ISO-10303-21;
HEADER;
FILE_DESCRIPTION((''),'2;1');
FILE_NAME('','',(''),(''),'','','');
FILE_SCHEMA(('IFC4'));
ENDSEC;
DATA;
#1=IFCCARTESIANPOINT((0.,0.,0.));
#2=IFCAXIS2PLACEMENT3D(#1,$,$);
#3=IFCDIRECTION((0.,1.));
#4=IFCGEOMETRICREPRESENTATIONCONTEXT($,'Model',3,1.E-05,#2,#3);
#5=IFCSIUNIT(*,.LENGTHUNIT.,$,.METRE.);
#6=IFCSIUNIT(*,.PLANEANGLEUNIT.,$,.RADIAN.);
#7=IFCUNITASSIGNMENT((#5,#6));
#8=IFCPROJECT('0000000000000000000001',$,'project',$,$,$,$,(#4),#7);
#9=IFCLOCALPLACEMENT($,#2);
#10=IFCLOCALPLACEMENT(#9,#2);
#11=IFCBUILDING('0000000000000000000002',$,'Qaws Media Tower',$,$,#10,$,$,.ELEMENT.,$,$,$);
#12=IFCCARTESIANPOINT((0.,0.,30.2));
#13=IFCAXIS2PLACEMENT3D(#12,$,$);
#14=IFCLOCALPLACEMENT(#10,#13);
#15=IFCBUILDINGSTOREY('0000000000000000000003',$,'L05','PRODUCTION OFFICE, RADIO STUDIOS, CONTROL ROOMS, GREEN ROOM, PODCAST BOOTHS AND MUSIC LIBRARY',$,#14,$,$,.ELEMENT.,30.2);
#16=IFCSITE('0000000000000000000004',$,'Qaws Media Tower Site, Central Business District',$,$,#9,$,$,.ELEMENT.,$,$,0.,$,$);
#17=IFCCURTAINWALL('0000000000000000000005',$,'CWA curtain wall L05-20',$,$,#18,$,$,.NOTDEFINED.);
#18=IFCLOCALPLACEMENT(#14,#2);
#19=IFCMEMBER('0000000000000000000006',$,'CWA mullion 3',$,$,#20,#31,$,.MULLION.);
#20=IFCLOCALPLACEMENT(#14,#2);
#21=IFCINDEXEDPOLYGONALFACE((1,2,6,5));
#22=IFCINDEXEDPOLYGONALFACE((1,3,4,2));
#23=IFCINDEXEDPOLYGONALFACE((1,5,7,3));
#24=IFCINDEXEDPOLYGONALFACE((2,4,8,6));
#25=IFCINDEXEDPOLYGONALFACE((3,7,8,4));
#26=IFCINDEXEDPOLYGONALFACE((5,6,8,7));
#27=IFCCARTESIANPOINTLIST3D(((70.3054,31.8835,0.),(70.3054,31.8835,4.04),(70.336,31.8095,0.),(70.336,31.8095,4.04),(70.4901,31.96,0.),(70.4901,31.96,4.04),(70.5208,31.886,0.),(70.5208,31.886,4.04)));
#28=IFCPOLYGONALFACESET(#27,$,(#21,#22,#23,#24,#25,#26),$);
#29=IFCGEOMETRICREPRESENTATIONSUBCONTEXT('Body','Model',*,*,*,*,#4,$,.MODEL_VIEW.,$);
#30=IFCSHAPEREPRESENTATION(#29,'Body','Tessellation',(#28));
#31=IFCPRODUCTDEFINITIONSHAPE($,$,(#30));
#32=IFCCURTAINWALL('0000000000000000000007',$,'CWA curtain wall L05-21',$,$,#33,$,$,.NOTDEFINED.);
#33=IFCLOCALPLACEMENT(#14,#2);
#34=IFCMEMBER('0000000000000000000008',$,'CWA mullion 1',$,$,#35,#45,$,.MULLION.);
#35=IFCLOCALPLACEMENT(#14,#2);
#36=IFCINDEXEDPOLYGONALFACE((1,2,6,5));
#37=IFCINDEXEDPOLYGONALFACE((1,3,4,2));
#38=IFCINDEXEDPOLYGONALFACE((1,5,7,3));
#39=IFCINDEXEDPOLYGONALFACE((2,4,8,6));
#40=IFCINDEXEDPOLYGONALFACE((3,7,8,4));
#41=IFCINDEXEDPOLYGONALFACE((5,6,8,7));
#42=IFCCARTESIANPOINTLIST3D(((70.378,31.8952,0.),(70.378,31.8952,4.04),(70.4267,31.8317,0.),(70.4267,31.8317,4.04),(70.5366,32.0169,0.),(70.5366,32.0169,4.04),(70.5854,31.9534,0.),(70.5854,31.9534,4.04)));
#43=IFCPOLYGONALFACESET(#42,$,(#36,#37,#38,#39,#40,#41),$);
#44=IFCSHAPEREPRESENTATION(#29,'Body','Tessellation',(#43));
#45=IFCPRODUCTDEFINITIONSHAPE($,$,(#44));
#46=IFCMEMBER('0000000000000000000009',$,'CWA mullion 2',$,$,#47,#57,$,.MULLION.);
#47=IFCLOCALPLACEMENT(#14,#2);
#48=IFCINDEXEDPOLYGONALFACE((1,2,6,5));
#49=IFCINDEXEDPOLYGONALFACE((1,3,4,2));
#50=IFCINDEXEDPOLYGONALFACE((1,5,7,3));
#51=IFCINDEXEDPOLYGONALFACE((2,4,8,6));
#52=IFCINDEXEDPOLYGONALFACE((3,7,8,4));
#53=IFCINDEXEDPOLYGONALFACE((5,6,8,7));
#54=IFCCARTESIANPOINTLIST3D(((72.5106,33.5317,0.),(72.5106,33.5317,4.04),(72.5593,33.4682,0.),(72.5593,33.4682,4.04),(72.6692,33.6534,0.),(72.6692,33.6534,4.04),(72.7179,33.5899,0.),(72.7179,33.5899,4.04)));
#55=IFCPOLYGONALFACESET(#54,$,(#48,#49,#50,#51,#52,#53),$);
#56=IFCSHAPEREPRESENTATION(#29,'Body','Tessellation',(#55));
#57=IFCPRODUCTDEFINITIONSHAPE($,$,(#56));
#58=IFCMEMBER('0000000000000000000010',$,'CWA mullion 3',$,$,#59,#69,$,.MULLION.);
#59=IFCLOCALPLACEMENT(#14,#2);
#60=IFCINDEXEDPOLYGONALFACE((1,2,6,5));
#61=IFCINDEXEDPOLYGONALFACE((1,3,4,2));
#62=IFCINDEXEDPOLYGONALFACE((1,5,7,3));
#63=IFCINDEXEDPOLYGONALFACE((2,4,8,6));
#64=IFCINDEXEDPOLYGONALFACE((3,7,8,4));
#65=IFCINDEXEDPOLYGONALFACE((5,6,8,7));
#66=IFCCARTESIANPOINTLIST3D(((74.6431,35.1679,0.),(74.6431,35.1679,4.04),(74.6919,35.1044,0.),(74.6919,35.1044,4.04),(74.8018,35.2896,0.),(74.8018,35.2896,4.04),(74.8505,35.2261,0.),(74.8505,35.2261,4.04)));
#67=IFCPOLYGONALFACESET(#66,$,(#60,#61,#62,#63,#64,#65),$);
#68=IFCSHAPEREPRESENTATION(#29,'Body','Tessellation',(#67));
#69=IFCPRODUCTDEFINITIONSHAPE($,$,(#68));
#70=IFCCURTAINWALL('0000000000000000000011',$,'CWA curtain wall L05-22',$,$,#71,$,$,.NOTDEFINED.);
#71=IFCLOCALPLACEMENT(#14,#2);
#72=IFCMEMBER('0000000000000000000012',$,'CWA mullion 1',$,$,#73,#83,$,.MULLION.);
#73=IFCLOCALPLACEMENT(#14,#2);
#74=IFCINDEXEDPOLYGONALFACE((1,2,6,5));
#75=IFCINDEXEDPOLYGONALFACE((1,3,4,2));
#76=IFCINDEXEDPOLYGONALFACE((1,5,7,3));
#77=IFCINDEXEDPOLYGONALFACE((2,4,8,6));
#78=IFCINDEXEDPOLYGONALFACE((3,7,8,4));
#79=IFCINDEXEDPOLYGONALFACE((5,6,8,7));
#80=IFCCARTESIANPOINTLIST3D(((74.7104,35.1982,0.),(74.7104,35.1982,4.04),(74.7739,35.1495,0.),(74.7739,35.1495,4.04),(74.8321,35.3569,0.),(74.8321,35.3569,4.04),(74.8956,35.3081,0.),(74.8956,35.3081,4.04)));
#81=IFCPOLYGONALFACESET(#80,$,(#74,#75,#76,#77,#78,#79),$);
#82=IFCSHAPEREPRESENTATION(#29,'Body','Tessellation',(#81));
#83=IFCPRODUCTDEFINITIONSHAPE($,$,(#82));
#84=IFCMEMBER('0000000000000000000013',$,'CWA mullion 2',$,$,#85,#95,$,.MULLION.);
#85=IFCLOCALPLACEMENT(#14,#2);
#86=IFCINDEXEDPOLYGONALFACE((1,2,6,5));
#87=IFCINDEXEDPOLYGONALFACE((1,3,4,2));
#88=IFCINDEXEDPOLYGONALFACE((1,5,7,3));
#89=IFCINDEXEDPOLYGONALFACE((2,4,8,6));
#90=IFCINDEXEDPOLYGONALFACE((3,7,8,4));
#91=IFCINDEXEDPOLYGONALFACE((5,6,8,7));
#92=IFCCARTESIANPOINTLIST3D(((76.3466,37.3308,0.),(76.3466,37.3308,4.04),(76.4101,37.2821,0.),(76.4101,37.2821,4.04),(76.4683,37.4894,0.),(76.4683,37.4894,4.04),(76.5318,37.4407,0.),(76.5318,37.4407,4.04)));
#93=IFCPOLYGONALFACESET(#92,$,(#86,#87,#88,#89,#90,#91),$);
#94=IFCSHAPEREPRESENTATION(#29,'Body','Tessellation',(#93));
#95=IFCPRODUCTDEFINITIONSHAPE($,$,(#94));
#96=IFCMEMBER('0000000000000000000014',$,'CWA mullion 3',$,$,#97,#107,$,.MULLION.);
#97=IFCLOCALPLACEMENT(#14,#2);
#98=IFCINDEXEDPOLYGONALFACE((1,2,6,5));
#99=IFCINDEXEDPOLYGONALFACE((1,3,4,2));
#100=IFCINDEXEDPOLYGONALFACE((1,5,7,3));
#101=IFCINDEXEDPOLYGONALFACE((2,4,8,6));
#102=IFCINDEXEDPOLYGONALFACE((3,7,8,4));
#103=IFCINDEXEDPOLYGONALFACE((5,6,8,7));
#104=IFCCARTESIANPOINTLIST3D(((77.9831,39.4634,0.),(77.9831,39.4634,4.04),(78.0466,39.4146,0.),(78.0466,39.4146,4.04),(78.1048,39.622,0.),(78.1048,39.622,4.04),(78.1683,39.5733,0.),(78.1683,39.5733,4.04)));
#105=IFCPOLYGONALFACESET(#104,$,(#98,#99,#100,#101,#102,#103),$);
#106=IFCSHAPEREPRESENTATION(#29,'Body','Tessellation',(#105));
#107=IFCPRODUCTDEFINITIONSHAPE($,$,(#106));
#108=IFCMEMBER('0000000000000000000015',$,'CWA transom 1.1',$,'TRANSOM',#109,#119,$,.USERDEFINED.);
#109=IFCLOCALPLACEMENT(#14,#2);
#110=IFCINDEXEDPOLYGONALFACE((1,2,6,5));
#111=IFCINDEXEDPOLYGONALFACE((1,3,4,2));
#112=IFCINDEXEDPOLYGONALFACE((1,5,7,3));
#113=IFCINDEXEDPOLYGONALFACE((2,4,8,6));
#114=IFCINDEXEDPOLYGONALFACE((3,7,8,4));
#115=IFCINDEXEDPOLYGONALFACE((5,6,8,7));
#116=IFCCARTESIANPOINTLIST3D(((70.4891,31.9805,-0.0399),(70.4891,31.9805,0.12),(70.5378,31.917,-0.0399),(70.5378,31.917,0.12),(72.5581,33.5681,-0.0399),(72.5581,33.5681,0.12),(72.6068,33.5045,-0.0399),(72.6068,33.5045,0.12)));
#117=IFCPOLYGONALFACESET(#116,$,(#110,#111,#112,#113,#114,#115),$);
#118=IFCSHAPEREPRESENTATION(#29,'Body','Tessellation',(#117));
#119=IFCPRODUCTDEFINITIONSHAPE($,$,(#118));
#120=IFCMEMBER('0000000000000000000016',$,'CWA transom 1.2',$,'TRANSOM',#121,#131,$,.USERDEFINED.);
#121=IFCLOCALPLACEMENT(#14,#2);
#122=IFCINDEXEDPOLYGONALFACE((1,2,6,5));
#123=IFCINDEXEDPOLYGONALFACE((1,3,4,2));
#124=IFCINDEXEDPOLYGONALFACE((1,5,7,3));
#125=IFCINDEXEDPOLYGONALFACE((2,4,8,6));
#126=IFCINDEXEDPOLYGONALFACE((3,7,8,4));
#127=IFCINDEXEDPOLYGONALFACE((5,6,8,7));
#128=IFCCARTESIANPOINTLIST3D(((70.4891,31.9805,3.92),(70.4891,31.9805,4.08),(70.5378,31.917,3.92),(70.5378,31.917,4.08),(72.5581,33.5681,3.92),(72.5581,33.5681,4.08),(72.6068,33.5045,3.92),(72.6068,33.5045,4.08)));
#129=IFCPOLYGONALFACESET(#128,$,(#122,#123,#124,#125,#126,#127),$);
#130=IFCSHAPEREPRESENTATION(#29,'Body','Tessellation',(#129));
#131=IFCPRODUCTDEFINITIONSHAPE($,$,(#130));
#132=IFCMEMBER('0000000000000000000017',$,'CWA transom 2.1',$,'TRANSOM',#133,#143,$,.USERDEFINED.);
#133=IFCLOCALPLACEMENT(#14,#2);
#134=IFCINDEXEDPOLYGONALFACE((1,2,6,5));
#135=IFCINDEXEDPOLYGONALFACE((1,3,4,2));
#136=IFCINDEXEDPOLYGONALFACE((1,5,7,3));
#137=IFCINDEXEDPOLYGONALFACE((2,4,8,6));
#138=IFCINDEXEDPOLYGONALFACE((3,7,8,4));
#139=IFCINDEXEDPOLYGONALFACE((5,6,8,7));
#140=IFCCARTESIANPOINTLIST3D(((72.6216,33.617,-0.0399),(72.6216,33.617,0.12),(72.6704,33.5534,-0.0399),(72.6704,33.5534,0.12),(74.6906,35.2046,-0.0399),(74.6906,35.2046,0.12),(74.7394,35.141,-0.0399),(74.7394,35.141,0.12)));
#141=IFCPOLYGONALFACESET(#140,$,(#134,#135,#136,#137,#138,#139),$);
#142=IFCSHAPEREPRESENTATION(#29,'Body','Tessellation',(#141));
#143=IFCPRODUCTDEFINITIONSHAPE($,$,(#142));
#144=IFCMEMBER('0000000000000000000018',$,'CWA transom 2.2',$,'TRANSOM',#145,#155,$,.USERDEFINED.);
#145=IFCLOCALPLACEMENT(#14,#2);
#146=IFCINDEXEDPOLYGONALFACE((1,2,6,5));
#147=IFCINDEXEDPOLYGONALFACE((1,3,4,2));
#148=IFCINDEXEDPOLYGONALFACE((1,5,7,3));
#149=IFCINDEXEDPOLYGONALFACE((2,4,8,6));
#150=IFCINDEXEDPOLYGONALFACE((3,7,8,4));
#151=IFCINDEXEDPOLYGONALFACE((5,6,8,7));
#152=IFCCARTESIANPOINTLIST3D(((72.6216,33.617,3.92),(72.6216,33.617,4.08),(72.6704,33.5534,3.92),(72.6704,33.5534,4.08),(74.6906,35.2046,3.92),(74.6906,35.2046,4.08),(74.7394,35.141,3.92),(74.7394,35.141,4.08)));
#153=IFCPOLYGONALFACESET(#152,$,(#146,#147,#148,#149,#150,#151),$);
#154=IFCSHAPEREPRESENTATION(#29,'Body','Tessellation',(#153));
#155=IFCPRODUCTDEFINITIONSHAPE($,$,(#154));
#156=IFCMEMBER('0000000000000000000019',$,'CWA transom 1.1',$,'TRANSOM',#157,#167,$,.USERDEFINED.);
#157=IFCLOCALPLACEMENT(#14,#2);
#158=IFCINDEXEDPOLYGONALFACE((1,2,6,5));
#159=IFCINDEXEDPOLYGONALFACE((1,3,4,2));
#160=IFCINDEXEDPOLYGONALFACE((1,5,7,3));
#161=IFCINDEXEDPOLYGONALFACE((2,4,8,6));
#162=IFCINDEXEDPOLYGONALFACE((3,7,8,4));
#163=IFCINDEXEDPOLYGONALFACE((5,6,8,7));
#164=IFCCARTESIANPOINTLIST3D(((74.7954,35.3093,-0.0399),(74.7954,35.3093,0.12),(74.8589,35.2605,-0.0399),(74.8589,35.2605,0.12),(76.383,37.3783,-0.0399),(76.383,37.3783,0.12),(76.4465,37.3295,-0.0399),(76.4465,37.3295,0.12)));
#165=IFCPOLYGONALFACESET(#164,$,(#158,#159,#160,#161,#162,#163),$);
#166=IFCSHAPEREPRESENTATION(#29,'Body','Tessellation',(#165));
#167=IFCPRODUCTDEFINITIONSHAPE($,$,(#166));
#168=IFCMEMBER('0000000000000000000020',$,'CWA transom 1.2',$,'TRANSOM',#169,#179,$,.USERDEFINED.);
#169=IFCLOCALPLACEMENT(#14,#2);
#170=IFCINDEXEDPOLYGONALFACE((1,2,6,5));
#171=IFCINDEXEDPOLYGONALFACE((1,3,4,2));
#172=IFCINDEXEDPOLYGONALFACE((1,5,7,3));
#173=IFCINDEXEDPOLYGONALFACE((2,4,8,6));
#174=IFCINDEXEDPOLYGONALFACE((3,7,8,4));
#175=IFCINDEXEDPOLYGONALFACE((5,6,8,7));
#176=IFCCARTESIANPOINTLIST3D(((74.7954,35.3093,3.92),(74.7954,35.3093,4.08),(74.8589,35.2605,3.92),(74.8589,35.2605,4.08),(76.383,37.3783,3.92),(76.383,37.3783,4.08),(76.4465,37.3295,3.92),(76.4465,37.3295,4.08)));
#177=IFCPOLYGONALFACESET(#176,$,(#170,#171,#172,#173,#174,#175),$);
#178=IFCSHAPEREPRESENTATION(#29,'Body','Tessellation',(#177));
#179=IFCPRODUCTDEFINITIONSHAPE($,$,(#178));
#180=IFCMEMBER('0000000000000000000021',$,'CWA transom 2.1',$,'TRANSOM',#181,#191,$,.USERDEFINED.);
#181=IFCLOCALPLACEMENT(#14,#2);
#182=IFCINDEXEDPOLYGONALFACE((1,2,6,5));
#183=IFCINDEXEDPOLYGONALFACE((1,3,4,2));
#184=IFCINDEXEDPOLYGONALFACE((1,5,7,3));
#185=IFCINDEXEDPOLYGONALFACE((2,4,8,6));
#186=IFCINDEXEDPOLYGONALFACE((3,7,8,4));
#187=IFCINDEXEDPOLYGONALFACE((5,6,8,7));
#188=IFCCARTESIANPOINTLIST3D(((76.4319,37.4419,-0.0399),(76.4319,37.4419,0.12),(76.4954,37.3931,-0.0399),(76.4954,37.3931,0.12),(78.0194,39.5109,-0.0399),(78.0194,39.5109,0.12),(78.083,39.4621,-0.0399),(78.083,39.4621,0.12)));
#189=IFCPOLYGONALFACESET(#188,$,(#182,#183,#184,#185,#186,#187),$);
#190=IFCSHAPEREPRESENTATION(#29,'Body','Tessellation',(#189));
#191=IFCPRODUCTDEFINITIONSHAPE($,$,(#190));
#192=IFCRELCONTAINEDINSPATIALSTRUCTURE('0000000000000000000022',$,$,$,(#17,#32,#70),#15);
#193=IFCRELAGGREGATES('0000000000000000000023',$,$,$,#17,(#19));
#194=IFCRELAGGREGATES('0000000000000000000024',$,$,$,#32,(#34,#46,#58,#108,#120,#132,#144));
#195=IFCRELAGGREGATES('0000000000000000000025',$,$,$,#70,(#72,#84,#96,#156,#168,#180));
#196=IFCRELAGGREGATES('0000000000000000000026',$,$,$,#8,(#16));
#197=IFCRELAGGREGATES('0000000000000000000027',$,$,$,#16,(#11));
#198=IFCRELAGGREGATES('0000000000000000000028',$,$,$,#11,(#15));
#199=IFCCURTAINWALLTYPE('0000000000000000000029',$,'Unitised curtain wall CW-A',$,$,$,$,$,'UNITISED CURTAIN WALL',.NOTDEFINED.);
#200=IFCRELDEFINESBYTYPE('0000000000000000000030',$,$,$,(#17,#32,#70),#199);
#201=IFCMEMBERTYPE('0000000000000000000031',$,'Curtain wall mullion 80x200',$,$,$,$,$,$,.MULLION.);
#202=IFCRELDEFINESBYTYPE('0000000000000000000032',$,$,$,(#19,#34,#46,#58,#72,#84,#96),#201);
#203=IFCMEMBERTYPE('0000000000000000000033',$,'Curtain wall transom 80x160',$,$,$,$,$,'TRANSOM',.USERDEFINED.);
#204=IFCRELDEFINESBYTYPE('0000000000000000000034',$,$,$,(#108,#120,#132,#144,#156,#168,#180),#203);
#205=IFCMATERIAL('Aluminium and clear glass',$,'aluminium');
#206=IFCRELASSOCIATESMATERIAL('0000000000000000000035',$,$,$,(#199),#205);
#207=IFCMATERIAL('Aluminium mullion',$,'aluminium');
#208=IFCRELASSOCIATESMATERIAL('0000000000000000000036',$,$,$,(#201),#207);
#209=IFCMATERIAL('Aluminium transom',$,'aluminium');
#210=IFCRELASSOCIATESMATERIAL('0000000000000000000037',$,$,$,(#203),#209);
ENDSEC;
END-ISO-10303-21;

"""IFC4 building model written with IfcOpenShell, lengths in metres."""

from ifc_helpers import new_model, si_unit, direction, frame, origin, origin_2d, place, context, subcontext, project, spatial, rectangle, extrude, material, material_profile, profile_set, type_object, element, aggregate, save


model = new_model("IFC4")

# Units and contexts
model_context = context("Model", 3, precision=1e-05, world=origin(), true_north=direction((0.0, 1.0)))
body_context = subcontext(model_context, "Body", "Model", "MODEL_VIEW")
ifc_project = project(units=[si_unit("LENGTHUNIT", "METRE"), si_unit("PLANEANGLEUNIT", "RADIAN")], contexts=[model_context])

# Site, building, storey
site_placement = place(None, origin())
site = spatial("IfcSite", under=ifc_project, at=site_placement, Name="Qaws Media Tower Site, Central Business District", CompositionType="ELEMENT", RefElevation=0.0)
building_placement = place(site_placement, origin())
building = spatial("IfcBuilding", under=site, at=building_placement, Name="Qaws Media Tower", CompositionType="ELEMENT")
storey_placement = place(building_placement, frame((0.0, 0.0, 30.2)))
storey = spatial("IfcBuildingStorey", under=building, at=storey_placement, Name="L05", Description="PRODUCTION OFFICE, RADIO STUDIOS, CONTROL ROOMS, GREEN ROOM, PODCAST BOOTHS AND MUSIC LIBRARY", CompositionType="ELEMENT", Elevation=30.2)

# Curtain wall, member
ifc_material_1 = material(Name="Aluminium and clear glass", Category="aluminium")
curtain_wall_type = type_object("IfcCurtainWallType", Name="Unitised curtain wall CW-A", ElementType="UNITISED CURTAIN WALL", PredefinedType="NOTDEFINED", material=ifc_material_1)
curtain_wall_1_placement = place(storey_placement, origin())
curtain_wall_1 = element("IfcCurtainWall", 1, at=curtain_wall_1_placement, inside=storey, type_object=curtain_wall_type, Name="CWA curtain wall L05-20", PredefinedType="NOTDEFINED")
ifc_material_2 = material(Name="Aluminium mullion", Category="aluminium")
ifc_material_profile_1 = material_profile(ifc_material_2, rectangle(XDim=0.0801, YDim=0.2, at=origin_2d()), Name="80x200")
ifc_profile_set_1 = profile_set([ifc_material_profile_1], Name="Aluminium mullion")
member_type_1 = type_object("IfcMemberType", Name="Curtain wall mullion 80x200", PredefinedType="MULLION", material=ifc_profile_set_1)
member_1_placement = place(storey_placement, frame((70.4131, 31.8848, 0.0), z_axis=(0.0, 0.0, 1.0), x_axis=(-0.382683, 0.92388, 0.0)))
member_1 = element("IfcMember", 2, at=member_1_placement, type_object=member_type_1, Name="CWA mullion 3", PredefinedType="MULLION", context=body_context, shape_type="SweptSolid", body=[
    extrude(rectangle(XDim=0.0801, YDim=0.2, at=origin_2d()), origin(), (0.0, 0.0, 1.0), 4.04),
])
aggregate(curtain_wall_1, [member_1])

# Curtain walls, members
curtain_wall_2_placement = place(storey_placement, origin())
curtain_wall_2 = element("IfcCurtainWall", 3, at=curtain_wall_2_placement, inside=storey, type_object=curtain_wall_type, Name="CWA curtain wall L05-21", PredefinedType="NOTDEFINED")
member_2_placement = place(storey_placement, frame((70.4817, 31.9243, 0.0), z_axis=(0.0, 0.0, 1.0), x_axis=(-0.608761, 0.793353, 0.0)))
member_2 = element("IfcMember", 4, at=member_2_placement, type_object=member_type_1, Name="CWA mullion 1", PredefinedType="MULLION", context=body_context, shape_type="SweptSolid", body=[
    extrude(rectangle(XDim=0.0801, YDim=0.2, at=origin_2d()), origin(), (0.0, 0.0, 1.0), 4.04),
])
member_3_placement = place(storey_placement, frame((72.6143, 33.5608, 0.0), z_axis=(0.0, 0.0, 1.0), x_axis=(-0.608761, 0.793353, 0.0)))
member_3 = element("IfcMember", 5, at=member_3_placement, type_object=member_type_1, Name="CWA mullion 2", PredefinedType="MULLION", context=body_context, shape_type="SweptSolid", body=[
    extrude(rectangle(XDim=0.0801, YDim=0.2, at=origin_2d()), origin(), (0.0, 0.0, 1.0), 4.04),
])
member_4_placement = place(storey_placement, frame((74.7468, 35.197, 0.0), z_axis=(0.0, 0.0, 1.0), x_axis=(-0.608761, 0.793353, 0.0)))
member_4 = element("IfcMember", 6, at=member_4_placement, type_object=member_type_1, Name="CWA mullion 3", PredefinedType="MULLION", context=body_context, shape_type="SweptSolid", body=[
    extrude(rectangle(XDim=0.0801, YDim=0.2, at=origin_2d()), origin(), (0.0, 0.0, 1.0), 4.04),
])
curtain_wall_3_placement = place(storey_placement, origin())
curtain_wall_3 = element("IfcCurtainWall", 7, at=curtain_wall_3_placement, inside=storey, type_object=curtain_wall_type, Name="CWA curtain wall L05-22", PredefinedType="NOTDEFINED")
member_5_placement = place(storey_placement, frame((74.803, 35.2532, 0.0), z_axis=(0.0, 0.0, 1.0), x_axis=(-0.793353, 0.608761, 0.0)))
member_5 = element("IfcMember", 8, at=member_5_placement, type_object=member_type_1, Name="CWA mullion 1", PredefinedType="MULLION", context=body_context, shape_type="SweptSolid", body=[
    extrude(rectangle(XDim=0.0801, YDim=0.2, at=origin_2d()), origin(), (0.0, 0.0, 1.0), 4.04),
])
member_6_placement = place(storey_placement, frame((76.4392, 37.3857, 0.0), z_axis=(0.0, 0.0, 1.0), x_axis=(-0.793353, 0.608761, 0.0)))
member_6 = element("IfcMember", 9, at=member_6_placement, type_object=member_type_1, Name="CWA mullion 2", PredefinedType="MULLION", context=body_context, shape_type="SweptSolid", body=[
    extrude(rectangle(XDim=0.0801, YDim=0.2, at=origin_2d()), origin(), (0.0, 0.0, 1.0), 4.04),
])
member_7_placement = place(storey_placement, frame((78.0757, 39.5183, 0.0), z_axis=(0.0, 0.0, 1.0), x_axis=(-0.793353, 0.608761, 0.0)))
member_7 = element("IfcMember", 10, at=member_7_placement, type_object=member_type_1, Name="CWA mullion 3", PredefinedType="MULLION", context=body_context, shape_type="SweptSolid", body=[
    extrude(rectangle(XDim=0.0801, YDim=0.2, at=origin_2d()), origin(), (0.0, 0.0, 1.0), 4.04),
])

# Members
ifc_material_3 = material(Name="Aluminium transom", Category="aluminium")
ifc_material_profile_2 = material_profile(ifc_material_3, rectangle(XDim=0.0801, YDim=0.1599, at=origin_2d()), Name="80x160")
ifc_profile_set_2 = profile_set([ifc_material_profile_2], Name="Aluminium transom")
member_type_2 = type_object("IfcMemberType", Name="Curtain wall transom 80x160", ElementType="TRANSOM", PredefinedType="USERDEFINED", material=ifc_profile_set_2)
member_8_placement = place(storey_placement, frame((70.5134, 31.9487, 0.04), z_axis=(0.793358, 0.608756, 0.0), x_axis=(-0.608756, 0.793358, 0.0)))
member_8 = element("IfcMember", 11, at=member_8_placement, type_object=member_type_2, Name="CWA transom 1.1", ObjectType="TRANSOM", PredefinedType="USERDEFINED", context=body_context, shape_type="SweptSolid", body=[
    extrude(rectangle(XDim=0.0801, YDim=0.1599, at=origin_2d()), origin(), (0.0, 0.0, 1.0), 2.6079),
])
member_9_placement = place(storey_placement, frame((70.5134, 31.9487, 4.0), z_axis=(0.793358, 0.608756, 0.0), x_axis=(-0.608756, 0.793358, 0.0)))
member_9 = element("IfcMember", 12, at=member_9_placement, type_object=member_type_2, Name="CWA transom 1.2", ObjectType="TRANSOM", PredefinedType="USERDEFINED", context=body_context, shape_type="SweptSolid", body=[
    extrude(rectangle(XDim=0.0801, YDim=0.1599, at=origin_2d()), origin(), (0.0, 0.0, 1.0), 2.6079),
])
member_10_placement = place(storey_placement, frame((72.646, 33.5852, 0.04), z_axis=(0.793358, 0.608756, 0.0), x_axis=(-0.608756, 0.793358, 0.0)))
member_10 = element("IfcMember", 13, at=member_10_placement, type_object=member_type_2, Name="CWA transom 2.1", ObjectType="TRANSOM", PredefinedType="USERDEFINED", context=body_context, shape_type="SweptSolid", body=[
    extrude(rectangle(XDim=0.0801, YDim=0.1599, at=origin_2d()), origin(), (0.0, 0.0, 1.0), 2.6079),
])
member_11_placement = place(storey_placement, frame((72.646, 33.5852, 4.0), z_axis=(0.793358, 0.608756, 0.0), x_axis=(-0.608756, 0.793358, 0.0)))
member_11 = element("IfcMember", 14, at=member_11_placement, type_object=member_type_2, Name="CWA transom 2.2", ObjectType="TRANSOM", PredefinedType="USERDEFINED", context=body_context, shape_type="SweptSolid", body=[
    extrude(rectangle(XDim=0.0801, YDim=0.1599, at=origin_2d()), origin(), (0.0, 0.0, 1.0), 2.6079),
])
member_12_placement = place(storey_placement, frame((74.8271, 35.2849, 0.04), z_axis=(0.608756, 0.793358, 0.0), x_axis=(-0.793358, 0.608756, 0.0)))
member_12 = element("IfcMember", 15, at=member_12_placement, type_object=member_type_2, Name="CWA transom 1.1", ObjectType="TRANSOM", PredefinedType="USERDEFINED", context=body_context, shape_type="SweptSolid", body=[
    extrude(rectangle(XDim=0.0801, YDim=0.1599, at=origin_2d()), origin(), (0.0, 0.0, 1.0), 2.6079),
])
member_13_placement = place(storey_placement, frame((74.8271, 35.2849, 4.0), z_axis=(0.608756, 0.793358, 0.0), x_axis=(-0.793358, 0.608756, 0.0)))
member_13 = element("IfcMember", 16, at=member_13_placement, type_object=member_type_2, Name="CWA transom 1.2", ObjectType="TRANSOM", PredefinedType="USERDEFINED", context=body_context, shape_type="SweptSolid", body=[
    extrude(rectangle(XDim=0.0801, YDim=0.1599, at=origin_2d()), origin(), (0.0, 0.0, 1.0), 2.6079),
])
member_14_placement = place(storey_placement, frame((76.4636, 37.4175, 0.04), z_axis=(0.608756, 0.793358, 0.0), x_axis=(-0.793358, 0.608756, 0.0)))
member_14 = element("IfcMember", 17, at=member_14_placement, type_object=member_type_2, Name="CWA transom 2.1", ObjectType="TRANSOM", PredefinedType="USERDEFINED", context=body_context, shape_type="SweptSolid", body=[
    extrude(rectangle(XDim=0.0801, YDim=0.1599, at=origin_2d()), origin(), (0.0, 0.0, 1.0), 2.6079),
])

aggregate(curtain_wall_2, [member_2, member_3, member_4, member_8, member_9, member_10, member_11])
aggregate(curtain_wall_3, [member_5, member_6, member_7, member_12, member_13, member_14])

save(model, "model.ifc")
